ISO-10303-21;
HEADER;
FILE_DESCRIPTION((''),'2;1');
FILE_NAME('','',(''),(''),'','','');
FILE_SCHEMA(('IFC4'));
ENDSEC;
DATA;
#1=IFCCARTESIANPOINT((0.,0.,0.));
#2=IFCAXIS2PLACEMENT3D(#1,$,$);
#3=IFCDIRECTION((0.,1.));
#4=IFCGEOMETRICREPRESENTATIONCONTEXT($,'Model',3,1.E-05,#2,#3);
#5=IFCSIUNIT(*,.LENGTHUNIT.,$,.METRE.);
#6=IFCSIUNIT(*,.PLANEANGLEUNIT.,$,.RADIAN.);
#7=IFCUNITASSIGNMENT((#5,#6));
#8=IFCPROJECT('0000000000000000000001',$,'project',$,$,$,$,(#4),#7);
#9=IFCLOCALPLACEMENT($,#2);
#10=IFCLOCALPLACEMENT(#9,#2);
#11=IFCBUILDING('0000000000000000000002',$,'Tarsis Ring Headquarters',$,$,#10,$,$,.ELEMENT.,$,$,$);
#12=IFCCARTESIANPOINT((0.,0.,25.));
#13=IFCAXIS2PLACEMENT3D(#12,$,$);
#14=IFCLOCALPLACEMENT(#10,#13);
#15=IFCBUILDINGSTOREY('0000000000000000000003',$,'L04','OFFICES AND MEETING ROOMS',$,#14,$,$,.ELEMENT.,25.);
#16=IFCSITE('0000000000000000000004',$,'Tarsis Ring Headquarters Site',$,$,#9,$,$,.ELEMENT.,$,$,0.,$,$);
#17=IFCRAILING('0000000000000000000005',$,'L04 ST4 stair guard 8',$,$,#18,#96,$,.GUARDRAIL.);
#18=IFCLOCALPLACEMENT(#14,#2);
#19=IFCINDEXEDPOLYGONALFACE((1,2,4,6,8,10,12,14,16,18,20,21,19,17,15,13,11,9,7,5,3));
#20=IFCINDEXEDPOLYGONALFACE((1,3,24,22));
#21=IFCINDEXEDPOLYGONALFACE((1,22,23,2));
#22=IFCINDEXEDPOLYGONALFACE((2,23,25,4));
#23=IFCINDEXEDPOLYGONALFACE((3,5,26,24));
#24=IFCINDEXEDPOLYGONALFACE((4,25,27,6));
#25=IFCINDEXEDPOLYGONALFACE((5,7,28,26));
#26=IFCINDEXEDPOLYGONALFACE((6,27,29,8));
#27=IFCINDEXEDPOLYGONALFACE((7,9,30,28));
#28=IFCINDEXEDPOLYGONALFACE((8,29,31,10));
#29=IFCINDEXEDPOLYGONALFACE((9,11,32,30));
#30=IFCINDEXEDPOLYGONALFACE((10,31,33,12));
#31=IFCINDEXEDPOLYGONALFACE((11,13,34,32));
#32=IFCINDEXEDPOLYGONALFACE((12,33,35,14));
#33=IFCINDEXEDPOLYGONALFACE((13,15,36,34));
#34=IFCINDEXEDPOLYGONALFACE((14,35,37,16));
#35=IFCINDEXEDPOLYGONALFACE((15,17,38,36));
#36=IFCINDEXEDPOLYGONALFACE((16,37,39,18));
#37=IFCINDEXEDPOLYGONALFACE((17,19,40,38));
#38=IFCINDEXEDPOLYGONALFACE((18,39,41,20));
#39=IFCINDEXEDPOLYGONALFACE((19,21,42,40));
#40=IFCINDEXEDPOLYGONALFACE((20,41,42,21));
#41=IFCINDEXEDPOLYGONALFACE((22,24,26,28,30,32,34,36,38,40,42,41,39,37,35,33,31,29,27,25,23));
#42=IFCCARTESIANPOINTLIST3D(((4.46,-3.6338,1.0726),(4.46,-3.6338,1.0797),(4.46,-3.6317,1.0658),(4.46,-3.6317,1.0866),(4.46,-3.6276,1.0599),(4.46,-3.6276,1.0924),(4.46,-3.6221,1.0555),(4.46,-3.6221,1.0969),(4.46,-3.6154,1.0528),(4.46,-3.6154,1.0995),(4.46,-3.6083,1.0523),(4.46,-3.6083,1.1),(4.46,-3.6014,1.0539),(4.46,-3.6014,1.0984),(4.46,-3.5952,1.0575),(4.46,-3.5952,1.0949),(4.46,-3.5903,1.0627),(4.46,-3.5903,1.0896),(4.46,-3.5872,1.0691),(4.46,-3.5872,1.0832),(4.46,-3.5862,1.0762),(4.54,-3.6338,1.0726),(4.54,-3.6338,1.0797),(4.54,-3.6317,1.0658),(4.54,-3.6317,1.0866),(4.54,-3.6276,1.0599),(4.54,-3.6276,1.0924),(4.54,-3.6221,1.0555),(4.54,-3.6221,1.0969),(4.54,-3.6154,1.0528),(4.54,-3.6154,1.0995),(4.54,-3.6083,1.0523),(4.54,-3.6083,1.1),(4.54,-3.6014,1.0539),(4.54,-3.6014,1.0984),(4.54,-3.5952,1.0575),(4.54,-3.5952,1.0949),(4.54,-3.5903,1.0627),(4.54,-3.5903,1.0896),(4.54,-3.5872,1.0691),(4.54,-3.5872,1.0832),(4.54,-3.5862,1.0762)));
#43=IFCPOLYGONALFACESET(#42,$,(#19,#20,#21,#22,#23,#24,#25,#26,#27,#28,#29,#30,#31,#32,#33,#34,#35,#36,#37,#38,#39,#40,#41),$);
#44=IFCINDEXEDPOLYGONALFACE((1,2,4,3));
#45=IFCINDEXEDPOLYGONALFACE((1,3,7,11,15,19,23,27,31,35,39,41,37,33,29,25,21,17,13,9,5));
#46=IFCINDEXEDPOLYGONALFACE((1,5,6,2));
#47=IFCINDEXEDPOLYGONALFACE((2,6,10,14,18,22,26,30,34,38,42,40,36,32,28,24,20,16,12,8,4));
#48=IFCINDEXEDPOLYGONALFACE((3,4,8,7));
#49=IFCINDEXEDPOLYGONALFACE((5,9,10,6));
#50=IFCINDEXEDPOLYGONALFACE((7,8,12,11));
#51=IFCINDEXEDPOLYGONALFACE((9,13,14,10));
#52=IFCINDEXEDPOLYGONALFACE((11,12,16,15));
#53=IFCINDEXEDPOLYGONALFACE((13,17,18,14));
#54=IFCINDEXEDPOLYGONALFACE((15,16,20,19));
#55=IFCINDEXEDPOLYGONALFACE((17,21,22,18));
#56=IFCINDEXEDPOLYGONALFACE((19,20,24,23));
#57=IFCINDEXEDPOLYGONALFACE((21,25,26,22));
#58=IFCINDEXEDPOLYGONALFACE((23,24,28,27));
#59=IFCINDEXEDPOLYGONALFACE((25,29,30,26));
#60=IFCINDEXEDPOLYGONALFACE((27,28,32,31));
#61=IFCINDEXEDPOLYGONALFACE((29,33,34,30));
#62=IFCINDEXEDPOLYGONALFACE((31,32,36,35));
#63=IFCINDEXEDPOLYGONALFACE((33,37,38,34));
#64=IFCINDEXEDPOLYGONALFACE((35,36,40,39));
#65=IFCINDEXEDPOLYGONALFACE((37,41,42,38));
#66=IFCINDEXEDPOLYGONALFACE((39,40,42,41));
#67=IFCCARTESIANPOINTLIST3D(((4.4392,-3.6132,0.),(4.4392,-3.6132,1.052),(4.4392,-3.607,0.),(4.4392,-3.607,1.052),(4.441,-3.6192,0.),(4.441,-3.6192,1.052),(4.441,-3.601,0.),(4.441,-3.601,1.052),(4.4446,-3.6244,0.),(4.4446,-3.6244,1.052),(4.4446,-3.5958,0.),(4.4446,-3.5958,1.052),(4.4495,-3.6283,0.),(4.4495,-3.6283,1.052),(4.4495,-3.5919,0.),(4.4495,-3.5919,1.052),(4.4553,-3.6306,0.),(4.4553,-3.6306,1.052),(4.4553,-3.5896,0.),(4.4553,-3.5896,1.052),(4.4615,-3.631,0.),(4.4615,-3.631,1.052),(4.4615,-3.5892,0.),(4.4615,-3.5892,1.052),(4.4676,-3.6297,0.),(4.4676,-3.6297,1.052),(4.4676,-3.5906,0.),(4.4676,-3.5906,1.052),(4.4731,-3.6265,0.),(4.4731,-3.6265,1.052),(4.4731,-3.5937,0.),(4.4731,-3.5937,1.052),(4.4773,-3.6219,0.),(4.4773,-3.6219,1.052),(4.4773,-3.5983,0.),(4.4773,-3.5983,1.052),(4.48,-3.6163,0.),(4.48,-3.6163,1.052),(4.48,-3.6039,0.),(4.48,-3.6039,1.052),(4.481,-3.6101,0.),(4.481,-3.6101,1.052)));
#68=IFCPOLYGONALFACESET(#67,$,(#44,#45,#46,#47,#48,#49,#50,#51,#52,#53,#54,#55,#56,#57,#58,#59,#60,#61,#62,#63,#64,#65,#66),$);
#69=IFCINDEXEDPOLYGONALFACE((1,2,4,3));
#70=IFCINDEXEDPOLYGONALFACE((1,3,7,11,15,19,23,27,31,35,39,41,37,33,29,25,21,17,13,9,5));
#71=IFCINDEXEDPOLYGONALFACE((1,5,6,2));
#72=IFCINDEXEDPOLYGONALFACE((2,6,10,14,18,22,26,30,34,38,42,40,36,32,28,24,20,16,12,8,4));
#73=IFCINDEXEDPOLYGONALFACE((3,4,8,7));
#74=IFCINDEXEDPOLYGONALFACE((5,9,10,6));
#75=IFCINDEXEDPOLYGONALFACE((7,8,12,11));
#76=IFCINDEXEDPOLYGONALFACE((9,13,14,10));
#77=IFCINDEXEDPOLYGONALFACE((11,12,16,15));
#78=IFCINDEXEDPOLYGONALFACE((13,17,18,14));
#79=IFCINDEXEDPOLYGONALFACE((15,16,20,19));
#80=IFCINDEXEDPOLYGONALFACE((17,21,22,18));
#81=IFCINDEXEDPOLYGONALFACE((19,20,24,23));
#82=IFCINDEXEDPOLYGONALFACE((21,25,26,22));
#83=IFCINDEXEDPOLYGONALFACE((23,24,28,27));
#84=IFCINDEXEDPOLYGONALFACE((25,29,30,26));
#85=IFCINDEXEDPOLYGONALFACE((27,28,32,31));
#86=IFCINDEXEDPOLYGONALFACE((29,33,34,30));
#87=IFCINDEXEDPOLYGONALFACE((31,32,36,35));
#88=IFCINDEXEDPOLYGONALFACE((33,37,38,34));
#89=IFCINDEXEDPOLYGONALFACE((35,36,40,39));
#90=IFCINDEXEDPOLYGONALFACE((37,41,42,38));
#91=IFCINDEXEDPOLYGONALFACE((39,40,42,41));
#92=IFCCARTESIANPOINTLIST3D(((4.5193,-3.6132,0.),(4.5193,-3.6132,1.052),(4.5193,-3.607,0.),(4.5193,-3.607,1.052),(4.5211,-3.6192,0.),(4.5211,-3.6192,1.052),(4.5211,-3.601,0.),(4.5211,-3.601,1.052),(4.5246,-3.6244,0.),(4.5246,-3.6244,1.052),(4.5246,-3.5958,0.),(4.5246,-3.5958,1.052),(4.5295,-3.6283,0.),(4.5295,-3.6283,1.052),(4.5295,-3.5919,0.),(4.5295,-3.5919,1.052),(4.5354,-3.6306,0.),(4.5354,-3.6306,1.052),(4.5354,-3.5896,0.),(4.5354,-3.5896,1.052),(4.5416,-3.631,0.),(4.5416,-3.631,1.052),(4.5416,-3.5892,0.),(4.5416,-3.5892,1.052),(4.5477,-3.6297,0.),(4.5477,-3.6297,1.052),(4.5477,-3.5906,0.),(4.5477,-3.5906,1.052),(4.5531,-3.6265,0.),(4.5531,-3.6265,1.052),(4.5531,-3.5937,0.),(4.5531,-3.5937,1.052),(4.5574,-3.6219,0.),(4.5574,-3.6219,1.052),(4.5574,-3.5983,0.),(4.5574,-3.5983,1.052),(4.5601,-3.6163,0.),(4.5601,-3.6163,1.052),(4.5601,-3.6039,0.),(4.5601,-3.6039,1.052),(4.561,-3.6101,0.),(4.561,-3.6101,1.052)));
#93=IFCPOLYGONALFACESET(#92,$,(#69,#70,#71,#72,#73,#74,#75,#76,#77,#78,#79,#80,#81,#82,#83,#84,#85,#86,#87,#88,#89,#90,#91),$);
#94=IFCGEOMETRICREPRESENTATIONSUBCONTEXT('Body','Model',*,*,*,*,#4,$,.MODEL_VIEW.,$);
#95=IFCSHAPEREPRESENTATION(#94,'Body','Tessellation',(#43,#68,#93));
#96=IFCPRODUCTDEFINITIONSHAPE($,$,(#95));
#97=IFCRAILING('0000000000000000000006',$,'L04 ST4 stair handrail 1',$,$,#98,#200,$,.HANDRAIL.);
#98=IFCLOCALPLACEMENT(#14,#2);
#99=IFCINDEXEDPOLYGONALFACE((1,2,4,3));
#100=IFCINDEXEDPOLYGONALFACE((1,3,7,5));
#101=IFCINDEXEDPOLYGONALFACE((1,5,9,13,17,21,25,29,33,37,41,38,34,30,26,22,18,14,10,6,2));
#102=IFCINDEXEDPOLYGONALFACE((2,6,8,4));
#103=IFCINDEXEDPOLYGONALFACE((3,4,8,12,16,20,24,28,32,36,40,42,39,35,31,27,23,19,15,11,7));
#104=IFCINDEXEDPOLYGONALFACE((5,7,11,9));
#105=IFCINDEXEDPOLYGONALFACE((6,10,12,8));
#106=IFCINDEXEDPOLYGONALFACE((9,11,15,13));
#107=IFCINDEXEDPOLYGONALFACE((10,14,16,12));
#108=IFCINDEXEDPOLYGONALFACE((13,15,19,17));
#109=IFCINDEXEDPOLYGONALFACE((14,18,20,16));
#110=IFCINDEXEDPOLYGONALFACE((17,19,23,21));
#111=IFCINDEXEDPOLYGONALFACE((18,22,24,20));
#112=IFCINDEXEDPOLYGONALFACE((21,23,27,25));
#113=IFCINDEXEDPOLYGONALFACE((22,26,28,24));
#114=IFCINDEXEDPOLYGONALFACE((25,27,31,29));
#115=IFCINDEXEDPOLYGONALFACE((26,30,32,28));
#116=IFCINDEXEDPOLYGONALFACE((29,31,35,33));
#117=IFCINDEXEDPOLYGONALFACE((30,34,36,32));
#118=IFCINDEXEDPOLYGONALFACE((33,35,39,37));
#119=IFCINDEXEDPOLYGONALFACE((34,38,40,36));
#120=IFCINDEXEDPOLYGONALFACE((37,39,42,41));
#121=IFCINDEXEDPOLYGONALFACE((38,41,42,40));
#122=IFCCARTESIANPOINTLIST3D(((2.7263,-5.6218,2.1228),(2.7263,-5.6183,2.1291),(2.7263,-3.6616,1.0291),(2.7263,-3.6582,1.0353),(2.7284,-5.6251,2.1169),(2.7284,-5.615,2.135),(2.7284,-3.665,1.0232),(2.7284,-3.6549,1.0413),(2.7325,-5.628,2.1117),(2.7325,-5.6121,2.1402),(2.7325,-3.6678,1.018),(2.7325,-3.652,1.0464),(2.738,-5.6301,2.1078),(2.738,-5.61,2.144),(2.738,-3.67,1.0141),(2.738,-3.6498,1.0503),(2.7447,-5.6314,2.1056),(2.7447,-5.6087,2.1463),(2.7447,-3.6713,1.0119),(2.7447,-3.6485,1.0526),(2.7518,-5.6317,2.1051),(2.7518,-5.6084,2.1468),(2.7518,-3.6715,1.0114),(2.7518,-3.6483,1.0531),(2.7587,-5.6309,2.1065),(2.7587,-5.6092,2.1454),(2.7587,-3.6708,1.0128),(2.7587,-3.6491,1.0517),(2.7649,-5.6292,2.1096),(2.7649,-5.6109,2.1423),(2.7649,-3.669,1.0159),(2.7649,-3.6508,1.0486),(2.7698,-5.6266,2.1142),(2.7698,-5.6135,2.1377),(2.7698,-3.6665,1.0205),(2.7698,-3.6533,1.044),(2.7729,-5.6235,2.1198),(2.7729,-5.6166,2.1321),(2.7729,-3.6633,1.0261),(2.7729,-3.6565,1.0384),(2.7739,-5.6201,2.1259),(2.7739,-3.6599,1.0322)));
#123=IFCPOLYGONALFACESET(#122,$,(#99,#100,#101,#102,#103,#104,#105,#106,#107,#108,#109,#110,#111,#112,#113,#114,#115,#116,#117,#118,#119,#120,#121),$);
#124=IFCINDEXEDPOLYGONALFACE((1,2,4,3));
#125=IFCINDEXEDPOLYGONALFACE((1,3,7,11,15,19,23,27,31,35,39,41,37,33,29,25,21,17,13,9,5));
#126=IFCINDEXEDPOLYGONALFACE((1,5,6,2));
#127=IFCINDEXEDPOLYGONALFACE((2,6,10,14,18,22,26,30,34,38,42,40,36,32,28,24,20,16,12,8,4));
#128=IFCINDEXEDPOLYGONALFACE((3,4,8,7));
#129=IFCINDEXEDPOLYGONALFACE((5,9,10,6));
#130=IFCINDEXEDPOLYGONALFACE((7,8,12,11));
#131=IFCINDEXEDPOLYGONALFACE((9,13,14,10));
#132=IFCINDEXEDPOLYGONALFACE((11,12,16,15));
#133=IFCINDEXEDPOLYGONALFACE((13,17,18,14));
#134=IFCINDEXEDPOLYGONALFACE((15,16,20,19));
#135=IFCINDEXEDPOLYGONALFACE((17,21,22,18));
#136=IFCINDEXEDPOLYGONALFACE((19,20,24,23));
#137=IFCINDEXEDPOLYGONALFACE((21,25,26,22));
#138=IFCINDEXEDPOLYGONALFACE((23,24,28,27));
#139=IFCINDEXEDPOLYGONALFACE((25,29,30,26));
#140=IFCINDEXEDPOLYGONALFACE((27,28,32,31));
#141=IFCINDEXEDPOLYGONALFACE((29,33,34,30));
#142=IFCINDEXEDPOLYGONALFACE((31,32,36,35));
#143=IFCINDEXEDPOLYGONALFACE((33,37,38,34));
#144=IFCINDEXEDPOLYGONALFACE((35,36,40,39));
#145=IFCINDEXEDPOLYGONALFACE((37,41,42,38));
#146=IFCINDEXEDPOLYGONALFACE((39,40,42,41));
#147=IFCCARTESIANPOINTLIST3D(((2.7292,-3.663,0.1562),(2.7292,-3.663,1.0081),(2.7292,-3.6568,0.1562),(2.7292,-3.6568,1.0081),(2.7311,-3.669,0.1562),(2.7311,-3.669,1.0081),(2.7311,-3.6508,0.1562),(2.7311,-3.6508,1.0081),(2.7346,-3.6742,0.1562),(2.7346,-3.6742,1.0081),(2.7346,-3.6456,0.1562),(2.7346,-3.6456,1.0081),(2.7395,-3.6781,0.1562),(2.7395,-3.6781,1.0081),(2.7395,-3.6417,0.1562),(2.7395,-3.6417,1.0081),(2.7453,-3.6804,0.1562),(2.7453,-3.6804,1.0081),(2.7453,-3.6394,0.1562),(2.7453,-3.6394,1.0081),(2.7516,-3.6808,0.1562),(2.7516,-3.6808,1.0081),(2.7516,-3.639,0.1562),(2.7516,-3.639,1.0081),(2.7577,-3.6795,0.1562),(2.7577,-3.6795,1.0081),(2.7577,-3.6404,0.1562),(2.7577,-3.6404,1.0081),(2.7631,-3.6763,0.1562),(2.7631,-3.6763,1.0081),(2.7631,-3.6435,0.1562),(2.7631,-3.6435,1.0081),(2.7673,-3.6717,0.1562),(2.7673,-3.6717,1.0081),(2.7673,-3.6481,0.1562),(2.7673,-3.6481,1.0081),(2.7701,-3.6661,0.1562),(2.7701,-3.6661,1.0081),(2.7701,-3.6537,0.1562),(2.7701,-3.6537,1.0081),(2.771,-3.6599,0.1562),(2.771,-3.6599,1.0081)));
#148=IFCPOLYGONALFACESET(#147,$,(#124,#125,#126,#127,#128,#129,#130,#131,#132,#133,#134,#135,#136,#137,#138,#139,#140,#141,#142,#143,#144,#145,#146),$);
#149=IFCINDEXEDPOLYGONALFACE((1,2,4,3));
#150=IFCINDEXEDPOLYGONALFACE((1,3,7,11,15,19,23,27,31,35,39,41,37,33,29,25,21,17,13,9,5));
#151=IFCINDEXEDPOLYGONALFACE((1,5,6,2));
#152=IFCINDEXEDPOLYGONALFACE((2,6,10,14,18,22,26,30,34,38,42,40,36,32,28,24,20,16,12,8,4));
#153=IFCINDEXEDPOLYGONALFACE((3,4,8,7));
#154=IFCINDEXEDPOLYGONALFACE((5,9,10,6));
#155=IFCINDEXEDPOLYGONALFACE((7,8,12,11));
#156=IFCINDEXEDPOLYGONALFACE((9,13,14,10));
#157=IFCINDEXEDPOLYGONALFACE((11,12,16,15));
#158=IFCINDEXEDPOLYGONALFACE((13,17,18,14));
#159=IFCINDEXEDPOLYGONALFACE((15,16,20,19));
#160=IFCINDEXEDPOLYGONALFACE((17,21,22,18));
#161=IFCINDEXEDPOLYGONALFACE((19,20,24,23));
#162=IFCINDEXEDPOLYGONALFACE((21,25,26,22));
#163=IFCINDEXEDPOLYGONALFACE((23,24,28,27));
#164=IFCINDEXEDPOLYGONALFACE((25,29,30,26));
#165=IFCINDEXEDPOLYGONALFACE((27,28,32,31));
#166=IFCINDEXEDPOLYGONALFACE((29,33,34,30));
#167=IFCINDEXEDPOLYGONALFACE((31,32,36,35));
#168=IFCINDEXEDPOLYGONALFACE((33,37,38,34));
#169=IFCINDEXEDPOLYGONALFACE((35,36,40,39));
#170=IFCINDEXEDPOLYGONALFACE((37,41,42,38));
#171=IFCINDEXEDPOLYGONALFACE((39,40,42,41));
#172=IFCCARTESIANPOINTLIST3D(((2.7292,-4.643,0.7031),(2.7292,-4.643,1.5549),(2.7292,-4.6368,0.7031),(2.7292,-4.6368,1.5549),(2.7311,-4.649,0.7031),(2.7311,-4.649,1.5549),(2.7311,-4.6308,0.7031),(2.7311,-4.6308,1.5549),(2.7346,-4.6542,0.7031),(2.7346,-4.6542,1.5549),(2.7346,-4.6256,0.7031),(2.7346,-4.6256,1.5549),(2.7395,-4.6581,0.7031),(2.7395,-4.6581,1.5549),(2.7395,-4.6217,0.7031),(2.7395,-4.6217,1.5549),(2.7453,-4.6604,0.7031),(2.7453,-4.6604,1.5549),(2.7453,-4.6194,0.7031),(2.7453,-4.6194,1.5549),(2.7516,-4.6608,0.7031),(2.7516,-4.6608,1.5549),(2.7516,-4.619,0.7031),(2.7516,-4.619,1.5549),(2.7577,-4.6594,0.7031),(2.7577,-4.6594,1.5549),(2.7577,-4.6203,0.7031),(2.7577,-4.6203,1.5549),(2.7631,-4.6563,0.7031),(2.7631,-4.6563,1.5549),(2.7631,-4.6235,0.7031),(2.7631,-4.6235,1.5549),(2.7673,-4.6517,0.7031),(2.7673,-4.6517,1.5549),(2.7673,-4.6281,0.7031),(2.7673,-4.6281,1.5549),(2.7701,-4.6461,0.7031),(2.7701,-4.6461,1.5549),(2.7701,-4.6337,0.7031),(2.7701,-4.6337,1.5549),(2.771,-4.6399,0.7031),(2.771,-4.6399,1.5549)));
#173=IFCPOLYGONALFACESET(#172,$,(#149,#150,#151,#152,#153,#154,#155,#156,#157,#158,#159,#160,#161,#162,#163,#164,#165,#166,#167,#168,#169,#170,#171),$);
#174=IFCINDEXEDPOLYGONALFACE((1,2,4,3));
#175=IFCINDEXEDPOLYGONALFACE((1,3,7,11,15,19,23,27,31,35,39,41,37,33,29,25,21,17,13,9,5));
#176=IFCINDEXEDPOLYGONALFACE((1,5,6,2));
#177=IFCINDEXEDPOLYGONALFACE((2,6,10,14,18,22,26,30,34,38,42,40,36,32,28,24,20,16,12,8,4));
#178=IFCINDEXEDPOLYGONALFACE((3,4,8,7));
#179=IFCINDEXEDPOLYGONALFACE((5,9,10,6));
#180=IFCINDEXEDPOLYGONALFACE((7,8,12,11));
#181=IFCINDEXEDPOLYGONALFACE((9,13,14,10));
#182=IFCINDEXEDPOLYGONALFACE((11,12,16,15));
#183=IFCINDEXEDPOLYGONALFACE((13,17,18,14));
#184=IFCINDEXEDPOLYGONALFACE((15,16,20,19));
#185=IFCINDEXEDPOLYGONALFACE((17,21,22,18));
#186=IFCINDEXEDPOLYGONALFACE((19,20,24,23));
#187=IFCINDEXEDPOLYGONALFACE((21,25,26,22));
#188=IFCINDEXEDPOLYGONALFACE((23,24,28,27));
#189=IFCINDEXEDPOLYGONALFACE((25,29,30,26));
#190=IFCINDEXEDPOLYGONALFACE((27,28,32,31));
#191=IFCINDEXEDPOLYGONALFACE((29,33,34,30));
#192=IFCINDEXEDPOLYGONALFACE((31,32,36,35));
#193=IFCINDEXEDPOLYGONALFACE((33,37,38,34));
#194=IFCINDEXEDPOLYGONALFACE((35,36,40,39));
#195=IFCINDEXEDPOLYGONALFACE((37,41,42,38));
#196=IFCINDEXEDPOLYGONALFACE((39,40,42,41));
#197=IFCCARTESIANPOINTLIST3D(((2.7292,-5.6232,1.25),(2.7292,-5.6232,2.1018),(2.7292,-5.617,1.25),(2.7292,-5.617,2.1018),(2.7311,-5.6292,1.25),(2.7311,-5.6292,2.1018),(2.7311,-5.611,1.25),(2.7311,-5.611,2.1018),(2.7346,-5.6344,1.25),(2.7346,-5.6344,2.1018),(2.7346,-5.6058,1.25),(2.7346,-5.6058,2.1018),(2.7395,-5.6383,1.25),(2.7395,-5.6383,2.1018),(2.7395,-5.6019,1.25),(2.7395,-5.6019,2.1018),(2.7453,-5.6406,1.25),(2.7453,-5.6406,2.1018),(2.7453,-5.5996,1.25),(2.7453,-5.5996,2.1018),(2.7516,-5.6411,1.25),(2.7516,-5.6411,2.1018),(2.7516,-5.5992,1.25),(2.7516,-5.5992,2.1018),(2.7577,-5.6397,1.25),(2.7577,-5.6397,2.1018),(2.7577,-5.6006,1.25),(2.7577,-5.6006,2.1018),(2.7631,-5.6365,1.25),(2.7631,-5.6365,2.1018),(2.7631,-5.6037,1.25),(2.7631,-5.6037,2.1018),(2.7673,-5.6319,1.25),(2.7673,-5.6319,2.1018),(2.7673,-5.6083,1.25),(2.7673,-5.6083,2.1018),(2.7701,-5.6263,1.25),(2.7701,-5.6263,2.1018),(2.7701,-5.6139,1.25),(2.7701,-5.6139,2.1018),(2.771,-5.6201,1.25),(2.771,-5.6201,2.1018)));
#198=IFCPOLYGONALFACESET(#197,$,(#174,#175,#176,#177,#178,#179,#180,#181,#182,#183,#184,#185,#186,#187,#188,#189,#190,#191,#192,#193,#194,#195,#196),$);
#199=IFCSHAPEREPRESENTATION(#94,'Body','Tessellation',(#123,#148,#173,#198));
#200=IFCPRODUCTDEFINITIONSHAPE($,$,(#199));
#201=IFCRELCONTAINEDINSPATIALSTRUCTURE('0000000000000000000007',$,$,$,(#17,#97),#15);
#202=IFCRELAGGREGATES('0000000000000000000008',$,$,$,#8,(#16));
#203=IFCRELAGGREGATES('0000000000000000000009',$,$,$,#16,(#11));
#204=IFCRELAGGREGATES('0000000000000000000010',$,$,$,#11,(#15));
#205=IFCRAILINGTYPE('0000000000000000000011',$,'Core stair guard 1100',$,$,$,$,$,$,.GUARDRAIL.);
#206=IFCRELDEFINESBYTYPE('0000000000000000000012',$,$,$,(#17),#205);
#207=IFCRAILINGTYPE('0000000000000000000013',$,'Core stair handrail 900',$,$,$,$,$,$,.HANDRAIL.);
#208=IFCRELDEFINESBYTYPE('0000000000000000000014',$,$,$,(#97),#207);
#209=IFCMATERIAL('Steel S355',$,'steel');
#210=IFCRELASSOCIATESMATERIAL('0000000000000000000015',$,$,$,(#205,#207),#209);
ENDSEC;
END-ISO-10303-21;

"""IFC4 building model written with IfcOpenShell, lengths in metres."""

from ifc_helpers import new_model, si_unit, direction, frame, origin, origin_2d, place, context, subcontext, project, spatial, circle, extrude, material, type_object, element, save


model = new_model("IFC4")

# Units and contexts
model_context = context("Model", 3, precision=1e-05, world=origin(), true_north=direction((0.0, 1.0)))
body_context = subcontext(model_context, "Body", "Model", "MODEL_VIEW")
ifc_project = project(units=[si_unit("LENGTHUNIT", "METRE"), si_unit("PLANEANGLEUNIT", "RADIAN")], contexts=[model_context])

# Site, building, storey
site_placement = place(None, origin())
site = spatial("IfcSite", under=ifc_project, at=site_placement, Name="Tarsis Ring Headquarters Site", CompositionType="ELEMENT", RefElevation=0.0)
building_placement = place(site_placement, origin())
building = spatial("IfcBuilding", under=site, at=building_placement, Name="Tarsis Ring Headquarters", CompositionType="ELEMENT")
storey_placement = place(building_placement, frame((0.0, 0.0, 25.0)))
storey = spatial("IfcBuildingStorey", under=building, at=storey_placement, Name="L04", Description="OFFICES AND MEETING ROOMS", CompositionType="ELEMENT", Elevation=25.0)

# Railings
ifc_material_1 = material(Name="Steel S355", Category="steel")
railing_type_1 = type_object("IfcRailingType", Name="Core stair guard 1100", PredefinedType="GUARDRAIL", material=ifc_material_1)
railing_1_placement = place(storey_placement, frame((4.46, -3.6101, 0.0)))
element("IfcRailing", 1, at=railing_1_placement, inside=storey, type_object=railing_type_1, Name="L04 ST4 stair guard 8", PredefinedType="GUARDRAIL", context=body_context, shape_type="SweptSolid", body=[
    extrude(circle(Radius=0.0239, at=origin_2d()), frame((0.0, 0.0, 1.0762), z_axis=(1.0, 0.0, 0.0), x_axis=(0.0, 1.0, 0.0)), (0.0, 0.0, 1.0), 0.0801),
    extrude(circle(Radius=0.021, at=origin_2d()), origin(), (0.0, 0.0, 1.0), 1.052),
    extrude(circle(Radius=0.021, at=origin_2d()), frame((0.0801, 0.0, 0.0)), (0.0, 0.0, 1.0), 1.052),
])
railing_type_2 = type_object("IfcRailingType", Name="Core stair handrail 900", PredefinedType="HANDRAIL", material=ifc_material_1)
railing_2_placement = place(storey_placement, frame((2.75, -3.6599, 0.1562)))
element("IfcRailing", 2, at=railing_2_placement, inside=storey, type_object=railing_type_2, Name="L04 ST4 stair handrail 1", PredefinedType="HANDRAIL", context=body_context, shape_type="SweptSolid", body=[
    extrude(circle(Radius=0.0239, at=origin_2d()), frame((0.0, 0.0, 0.876), z_axis=(0.0, -0.873258, 0.487258), x_axis=(1.0, 0.0, 0.0)), (0.0, 0.0, 1.0), 2.2446),
    extrude(circle(Radius=0.021, at=origin_2d()), origin(), (0.0, 0.0, 1.0), 0.8518),
    extrude(circle(Radius=0.021, at=origin_2d()), frame((0.0, -0.98, 0.5469)), (0.0, 0.0, 1.0), 0.8518),
    extrude(circle(Radius=0.021, at=origin_2d()), frame((0.0, -1.9602, 1.0938)), (0.0, 0.0, 1.0), 0.8518),
])

save(model, "model.ifc")
